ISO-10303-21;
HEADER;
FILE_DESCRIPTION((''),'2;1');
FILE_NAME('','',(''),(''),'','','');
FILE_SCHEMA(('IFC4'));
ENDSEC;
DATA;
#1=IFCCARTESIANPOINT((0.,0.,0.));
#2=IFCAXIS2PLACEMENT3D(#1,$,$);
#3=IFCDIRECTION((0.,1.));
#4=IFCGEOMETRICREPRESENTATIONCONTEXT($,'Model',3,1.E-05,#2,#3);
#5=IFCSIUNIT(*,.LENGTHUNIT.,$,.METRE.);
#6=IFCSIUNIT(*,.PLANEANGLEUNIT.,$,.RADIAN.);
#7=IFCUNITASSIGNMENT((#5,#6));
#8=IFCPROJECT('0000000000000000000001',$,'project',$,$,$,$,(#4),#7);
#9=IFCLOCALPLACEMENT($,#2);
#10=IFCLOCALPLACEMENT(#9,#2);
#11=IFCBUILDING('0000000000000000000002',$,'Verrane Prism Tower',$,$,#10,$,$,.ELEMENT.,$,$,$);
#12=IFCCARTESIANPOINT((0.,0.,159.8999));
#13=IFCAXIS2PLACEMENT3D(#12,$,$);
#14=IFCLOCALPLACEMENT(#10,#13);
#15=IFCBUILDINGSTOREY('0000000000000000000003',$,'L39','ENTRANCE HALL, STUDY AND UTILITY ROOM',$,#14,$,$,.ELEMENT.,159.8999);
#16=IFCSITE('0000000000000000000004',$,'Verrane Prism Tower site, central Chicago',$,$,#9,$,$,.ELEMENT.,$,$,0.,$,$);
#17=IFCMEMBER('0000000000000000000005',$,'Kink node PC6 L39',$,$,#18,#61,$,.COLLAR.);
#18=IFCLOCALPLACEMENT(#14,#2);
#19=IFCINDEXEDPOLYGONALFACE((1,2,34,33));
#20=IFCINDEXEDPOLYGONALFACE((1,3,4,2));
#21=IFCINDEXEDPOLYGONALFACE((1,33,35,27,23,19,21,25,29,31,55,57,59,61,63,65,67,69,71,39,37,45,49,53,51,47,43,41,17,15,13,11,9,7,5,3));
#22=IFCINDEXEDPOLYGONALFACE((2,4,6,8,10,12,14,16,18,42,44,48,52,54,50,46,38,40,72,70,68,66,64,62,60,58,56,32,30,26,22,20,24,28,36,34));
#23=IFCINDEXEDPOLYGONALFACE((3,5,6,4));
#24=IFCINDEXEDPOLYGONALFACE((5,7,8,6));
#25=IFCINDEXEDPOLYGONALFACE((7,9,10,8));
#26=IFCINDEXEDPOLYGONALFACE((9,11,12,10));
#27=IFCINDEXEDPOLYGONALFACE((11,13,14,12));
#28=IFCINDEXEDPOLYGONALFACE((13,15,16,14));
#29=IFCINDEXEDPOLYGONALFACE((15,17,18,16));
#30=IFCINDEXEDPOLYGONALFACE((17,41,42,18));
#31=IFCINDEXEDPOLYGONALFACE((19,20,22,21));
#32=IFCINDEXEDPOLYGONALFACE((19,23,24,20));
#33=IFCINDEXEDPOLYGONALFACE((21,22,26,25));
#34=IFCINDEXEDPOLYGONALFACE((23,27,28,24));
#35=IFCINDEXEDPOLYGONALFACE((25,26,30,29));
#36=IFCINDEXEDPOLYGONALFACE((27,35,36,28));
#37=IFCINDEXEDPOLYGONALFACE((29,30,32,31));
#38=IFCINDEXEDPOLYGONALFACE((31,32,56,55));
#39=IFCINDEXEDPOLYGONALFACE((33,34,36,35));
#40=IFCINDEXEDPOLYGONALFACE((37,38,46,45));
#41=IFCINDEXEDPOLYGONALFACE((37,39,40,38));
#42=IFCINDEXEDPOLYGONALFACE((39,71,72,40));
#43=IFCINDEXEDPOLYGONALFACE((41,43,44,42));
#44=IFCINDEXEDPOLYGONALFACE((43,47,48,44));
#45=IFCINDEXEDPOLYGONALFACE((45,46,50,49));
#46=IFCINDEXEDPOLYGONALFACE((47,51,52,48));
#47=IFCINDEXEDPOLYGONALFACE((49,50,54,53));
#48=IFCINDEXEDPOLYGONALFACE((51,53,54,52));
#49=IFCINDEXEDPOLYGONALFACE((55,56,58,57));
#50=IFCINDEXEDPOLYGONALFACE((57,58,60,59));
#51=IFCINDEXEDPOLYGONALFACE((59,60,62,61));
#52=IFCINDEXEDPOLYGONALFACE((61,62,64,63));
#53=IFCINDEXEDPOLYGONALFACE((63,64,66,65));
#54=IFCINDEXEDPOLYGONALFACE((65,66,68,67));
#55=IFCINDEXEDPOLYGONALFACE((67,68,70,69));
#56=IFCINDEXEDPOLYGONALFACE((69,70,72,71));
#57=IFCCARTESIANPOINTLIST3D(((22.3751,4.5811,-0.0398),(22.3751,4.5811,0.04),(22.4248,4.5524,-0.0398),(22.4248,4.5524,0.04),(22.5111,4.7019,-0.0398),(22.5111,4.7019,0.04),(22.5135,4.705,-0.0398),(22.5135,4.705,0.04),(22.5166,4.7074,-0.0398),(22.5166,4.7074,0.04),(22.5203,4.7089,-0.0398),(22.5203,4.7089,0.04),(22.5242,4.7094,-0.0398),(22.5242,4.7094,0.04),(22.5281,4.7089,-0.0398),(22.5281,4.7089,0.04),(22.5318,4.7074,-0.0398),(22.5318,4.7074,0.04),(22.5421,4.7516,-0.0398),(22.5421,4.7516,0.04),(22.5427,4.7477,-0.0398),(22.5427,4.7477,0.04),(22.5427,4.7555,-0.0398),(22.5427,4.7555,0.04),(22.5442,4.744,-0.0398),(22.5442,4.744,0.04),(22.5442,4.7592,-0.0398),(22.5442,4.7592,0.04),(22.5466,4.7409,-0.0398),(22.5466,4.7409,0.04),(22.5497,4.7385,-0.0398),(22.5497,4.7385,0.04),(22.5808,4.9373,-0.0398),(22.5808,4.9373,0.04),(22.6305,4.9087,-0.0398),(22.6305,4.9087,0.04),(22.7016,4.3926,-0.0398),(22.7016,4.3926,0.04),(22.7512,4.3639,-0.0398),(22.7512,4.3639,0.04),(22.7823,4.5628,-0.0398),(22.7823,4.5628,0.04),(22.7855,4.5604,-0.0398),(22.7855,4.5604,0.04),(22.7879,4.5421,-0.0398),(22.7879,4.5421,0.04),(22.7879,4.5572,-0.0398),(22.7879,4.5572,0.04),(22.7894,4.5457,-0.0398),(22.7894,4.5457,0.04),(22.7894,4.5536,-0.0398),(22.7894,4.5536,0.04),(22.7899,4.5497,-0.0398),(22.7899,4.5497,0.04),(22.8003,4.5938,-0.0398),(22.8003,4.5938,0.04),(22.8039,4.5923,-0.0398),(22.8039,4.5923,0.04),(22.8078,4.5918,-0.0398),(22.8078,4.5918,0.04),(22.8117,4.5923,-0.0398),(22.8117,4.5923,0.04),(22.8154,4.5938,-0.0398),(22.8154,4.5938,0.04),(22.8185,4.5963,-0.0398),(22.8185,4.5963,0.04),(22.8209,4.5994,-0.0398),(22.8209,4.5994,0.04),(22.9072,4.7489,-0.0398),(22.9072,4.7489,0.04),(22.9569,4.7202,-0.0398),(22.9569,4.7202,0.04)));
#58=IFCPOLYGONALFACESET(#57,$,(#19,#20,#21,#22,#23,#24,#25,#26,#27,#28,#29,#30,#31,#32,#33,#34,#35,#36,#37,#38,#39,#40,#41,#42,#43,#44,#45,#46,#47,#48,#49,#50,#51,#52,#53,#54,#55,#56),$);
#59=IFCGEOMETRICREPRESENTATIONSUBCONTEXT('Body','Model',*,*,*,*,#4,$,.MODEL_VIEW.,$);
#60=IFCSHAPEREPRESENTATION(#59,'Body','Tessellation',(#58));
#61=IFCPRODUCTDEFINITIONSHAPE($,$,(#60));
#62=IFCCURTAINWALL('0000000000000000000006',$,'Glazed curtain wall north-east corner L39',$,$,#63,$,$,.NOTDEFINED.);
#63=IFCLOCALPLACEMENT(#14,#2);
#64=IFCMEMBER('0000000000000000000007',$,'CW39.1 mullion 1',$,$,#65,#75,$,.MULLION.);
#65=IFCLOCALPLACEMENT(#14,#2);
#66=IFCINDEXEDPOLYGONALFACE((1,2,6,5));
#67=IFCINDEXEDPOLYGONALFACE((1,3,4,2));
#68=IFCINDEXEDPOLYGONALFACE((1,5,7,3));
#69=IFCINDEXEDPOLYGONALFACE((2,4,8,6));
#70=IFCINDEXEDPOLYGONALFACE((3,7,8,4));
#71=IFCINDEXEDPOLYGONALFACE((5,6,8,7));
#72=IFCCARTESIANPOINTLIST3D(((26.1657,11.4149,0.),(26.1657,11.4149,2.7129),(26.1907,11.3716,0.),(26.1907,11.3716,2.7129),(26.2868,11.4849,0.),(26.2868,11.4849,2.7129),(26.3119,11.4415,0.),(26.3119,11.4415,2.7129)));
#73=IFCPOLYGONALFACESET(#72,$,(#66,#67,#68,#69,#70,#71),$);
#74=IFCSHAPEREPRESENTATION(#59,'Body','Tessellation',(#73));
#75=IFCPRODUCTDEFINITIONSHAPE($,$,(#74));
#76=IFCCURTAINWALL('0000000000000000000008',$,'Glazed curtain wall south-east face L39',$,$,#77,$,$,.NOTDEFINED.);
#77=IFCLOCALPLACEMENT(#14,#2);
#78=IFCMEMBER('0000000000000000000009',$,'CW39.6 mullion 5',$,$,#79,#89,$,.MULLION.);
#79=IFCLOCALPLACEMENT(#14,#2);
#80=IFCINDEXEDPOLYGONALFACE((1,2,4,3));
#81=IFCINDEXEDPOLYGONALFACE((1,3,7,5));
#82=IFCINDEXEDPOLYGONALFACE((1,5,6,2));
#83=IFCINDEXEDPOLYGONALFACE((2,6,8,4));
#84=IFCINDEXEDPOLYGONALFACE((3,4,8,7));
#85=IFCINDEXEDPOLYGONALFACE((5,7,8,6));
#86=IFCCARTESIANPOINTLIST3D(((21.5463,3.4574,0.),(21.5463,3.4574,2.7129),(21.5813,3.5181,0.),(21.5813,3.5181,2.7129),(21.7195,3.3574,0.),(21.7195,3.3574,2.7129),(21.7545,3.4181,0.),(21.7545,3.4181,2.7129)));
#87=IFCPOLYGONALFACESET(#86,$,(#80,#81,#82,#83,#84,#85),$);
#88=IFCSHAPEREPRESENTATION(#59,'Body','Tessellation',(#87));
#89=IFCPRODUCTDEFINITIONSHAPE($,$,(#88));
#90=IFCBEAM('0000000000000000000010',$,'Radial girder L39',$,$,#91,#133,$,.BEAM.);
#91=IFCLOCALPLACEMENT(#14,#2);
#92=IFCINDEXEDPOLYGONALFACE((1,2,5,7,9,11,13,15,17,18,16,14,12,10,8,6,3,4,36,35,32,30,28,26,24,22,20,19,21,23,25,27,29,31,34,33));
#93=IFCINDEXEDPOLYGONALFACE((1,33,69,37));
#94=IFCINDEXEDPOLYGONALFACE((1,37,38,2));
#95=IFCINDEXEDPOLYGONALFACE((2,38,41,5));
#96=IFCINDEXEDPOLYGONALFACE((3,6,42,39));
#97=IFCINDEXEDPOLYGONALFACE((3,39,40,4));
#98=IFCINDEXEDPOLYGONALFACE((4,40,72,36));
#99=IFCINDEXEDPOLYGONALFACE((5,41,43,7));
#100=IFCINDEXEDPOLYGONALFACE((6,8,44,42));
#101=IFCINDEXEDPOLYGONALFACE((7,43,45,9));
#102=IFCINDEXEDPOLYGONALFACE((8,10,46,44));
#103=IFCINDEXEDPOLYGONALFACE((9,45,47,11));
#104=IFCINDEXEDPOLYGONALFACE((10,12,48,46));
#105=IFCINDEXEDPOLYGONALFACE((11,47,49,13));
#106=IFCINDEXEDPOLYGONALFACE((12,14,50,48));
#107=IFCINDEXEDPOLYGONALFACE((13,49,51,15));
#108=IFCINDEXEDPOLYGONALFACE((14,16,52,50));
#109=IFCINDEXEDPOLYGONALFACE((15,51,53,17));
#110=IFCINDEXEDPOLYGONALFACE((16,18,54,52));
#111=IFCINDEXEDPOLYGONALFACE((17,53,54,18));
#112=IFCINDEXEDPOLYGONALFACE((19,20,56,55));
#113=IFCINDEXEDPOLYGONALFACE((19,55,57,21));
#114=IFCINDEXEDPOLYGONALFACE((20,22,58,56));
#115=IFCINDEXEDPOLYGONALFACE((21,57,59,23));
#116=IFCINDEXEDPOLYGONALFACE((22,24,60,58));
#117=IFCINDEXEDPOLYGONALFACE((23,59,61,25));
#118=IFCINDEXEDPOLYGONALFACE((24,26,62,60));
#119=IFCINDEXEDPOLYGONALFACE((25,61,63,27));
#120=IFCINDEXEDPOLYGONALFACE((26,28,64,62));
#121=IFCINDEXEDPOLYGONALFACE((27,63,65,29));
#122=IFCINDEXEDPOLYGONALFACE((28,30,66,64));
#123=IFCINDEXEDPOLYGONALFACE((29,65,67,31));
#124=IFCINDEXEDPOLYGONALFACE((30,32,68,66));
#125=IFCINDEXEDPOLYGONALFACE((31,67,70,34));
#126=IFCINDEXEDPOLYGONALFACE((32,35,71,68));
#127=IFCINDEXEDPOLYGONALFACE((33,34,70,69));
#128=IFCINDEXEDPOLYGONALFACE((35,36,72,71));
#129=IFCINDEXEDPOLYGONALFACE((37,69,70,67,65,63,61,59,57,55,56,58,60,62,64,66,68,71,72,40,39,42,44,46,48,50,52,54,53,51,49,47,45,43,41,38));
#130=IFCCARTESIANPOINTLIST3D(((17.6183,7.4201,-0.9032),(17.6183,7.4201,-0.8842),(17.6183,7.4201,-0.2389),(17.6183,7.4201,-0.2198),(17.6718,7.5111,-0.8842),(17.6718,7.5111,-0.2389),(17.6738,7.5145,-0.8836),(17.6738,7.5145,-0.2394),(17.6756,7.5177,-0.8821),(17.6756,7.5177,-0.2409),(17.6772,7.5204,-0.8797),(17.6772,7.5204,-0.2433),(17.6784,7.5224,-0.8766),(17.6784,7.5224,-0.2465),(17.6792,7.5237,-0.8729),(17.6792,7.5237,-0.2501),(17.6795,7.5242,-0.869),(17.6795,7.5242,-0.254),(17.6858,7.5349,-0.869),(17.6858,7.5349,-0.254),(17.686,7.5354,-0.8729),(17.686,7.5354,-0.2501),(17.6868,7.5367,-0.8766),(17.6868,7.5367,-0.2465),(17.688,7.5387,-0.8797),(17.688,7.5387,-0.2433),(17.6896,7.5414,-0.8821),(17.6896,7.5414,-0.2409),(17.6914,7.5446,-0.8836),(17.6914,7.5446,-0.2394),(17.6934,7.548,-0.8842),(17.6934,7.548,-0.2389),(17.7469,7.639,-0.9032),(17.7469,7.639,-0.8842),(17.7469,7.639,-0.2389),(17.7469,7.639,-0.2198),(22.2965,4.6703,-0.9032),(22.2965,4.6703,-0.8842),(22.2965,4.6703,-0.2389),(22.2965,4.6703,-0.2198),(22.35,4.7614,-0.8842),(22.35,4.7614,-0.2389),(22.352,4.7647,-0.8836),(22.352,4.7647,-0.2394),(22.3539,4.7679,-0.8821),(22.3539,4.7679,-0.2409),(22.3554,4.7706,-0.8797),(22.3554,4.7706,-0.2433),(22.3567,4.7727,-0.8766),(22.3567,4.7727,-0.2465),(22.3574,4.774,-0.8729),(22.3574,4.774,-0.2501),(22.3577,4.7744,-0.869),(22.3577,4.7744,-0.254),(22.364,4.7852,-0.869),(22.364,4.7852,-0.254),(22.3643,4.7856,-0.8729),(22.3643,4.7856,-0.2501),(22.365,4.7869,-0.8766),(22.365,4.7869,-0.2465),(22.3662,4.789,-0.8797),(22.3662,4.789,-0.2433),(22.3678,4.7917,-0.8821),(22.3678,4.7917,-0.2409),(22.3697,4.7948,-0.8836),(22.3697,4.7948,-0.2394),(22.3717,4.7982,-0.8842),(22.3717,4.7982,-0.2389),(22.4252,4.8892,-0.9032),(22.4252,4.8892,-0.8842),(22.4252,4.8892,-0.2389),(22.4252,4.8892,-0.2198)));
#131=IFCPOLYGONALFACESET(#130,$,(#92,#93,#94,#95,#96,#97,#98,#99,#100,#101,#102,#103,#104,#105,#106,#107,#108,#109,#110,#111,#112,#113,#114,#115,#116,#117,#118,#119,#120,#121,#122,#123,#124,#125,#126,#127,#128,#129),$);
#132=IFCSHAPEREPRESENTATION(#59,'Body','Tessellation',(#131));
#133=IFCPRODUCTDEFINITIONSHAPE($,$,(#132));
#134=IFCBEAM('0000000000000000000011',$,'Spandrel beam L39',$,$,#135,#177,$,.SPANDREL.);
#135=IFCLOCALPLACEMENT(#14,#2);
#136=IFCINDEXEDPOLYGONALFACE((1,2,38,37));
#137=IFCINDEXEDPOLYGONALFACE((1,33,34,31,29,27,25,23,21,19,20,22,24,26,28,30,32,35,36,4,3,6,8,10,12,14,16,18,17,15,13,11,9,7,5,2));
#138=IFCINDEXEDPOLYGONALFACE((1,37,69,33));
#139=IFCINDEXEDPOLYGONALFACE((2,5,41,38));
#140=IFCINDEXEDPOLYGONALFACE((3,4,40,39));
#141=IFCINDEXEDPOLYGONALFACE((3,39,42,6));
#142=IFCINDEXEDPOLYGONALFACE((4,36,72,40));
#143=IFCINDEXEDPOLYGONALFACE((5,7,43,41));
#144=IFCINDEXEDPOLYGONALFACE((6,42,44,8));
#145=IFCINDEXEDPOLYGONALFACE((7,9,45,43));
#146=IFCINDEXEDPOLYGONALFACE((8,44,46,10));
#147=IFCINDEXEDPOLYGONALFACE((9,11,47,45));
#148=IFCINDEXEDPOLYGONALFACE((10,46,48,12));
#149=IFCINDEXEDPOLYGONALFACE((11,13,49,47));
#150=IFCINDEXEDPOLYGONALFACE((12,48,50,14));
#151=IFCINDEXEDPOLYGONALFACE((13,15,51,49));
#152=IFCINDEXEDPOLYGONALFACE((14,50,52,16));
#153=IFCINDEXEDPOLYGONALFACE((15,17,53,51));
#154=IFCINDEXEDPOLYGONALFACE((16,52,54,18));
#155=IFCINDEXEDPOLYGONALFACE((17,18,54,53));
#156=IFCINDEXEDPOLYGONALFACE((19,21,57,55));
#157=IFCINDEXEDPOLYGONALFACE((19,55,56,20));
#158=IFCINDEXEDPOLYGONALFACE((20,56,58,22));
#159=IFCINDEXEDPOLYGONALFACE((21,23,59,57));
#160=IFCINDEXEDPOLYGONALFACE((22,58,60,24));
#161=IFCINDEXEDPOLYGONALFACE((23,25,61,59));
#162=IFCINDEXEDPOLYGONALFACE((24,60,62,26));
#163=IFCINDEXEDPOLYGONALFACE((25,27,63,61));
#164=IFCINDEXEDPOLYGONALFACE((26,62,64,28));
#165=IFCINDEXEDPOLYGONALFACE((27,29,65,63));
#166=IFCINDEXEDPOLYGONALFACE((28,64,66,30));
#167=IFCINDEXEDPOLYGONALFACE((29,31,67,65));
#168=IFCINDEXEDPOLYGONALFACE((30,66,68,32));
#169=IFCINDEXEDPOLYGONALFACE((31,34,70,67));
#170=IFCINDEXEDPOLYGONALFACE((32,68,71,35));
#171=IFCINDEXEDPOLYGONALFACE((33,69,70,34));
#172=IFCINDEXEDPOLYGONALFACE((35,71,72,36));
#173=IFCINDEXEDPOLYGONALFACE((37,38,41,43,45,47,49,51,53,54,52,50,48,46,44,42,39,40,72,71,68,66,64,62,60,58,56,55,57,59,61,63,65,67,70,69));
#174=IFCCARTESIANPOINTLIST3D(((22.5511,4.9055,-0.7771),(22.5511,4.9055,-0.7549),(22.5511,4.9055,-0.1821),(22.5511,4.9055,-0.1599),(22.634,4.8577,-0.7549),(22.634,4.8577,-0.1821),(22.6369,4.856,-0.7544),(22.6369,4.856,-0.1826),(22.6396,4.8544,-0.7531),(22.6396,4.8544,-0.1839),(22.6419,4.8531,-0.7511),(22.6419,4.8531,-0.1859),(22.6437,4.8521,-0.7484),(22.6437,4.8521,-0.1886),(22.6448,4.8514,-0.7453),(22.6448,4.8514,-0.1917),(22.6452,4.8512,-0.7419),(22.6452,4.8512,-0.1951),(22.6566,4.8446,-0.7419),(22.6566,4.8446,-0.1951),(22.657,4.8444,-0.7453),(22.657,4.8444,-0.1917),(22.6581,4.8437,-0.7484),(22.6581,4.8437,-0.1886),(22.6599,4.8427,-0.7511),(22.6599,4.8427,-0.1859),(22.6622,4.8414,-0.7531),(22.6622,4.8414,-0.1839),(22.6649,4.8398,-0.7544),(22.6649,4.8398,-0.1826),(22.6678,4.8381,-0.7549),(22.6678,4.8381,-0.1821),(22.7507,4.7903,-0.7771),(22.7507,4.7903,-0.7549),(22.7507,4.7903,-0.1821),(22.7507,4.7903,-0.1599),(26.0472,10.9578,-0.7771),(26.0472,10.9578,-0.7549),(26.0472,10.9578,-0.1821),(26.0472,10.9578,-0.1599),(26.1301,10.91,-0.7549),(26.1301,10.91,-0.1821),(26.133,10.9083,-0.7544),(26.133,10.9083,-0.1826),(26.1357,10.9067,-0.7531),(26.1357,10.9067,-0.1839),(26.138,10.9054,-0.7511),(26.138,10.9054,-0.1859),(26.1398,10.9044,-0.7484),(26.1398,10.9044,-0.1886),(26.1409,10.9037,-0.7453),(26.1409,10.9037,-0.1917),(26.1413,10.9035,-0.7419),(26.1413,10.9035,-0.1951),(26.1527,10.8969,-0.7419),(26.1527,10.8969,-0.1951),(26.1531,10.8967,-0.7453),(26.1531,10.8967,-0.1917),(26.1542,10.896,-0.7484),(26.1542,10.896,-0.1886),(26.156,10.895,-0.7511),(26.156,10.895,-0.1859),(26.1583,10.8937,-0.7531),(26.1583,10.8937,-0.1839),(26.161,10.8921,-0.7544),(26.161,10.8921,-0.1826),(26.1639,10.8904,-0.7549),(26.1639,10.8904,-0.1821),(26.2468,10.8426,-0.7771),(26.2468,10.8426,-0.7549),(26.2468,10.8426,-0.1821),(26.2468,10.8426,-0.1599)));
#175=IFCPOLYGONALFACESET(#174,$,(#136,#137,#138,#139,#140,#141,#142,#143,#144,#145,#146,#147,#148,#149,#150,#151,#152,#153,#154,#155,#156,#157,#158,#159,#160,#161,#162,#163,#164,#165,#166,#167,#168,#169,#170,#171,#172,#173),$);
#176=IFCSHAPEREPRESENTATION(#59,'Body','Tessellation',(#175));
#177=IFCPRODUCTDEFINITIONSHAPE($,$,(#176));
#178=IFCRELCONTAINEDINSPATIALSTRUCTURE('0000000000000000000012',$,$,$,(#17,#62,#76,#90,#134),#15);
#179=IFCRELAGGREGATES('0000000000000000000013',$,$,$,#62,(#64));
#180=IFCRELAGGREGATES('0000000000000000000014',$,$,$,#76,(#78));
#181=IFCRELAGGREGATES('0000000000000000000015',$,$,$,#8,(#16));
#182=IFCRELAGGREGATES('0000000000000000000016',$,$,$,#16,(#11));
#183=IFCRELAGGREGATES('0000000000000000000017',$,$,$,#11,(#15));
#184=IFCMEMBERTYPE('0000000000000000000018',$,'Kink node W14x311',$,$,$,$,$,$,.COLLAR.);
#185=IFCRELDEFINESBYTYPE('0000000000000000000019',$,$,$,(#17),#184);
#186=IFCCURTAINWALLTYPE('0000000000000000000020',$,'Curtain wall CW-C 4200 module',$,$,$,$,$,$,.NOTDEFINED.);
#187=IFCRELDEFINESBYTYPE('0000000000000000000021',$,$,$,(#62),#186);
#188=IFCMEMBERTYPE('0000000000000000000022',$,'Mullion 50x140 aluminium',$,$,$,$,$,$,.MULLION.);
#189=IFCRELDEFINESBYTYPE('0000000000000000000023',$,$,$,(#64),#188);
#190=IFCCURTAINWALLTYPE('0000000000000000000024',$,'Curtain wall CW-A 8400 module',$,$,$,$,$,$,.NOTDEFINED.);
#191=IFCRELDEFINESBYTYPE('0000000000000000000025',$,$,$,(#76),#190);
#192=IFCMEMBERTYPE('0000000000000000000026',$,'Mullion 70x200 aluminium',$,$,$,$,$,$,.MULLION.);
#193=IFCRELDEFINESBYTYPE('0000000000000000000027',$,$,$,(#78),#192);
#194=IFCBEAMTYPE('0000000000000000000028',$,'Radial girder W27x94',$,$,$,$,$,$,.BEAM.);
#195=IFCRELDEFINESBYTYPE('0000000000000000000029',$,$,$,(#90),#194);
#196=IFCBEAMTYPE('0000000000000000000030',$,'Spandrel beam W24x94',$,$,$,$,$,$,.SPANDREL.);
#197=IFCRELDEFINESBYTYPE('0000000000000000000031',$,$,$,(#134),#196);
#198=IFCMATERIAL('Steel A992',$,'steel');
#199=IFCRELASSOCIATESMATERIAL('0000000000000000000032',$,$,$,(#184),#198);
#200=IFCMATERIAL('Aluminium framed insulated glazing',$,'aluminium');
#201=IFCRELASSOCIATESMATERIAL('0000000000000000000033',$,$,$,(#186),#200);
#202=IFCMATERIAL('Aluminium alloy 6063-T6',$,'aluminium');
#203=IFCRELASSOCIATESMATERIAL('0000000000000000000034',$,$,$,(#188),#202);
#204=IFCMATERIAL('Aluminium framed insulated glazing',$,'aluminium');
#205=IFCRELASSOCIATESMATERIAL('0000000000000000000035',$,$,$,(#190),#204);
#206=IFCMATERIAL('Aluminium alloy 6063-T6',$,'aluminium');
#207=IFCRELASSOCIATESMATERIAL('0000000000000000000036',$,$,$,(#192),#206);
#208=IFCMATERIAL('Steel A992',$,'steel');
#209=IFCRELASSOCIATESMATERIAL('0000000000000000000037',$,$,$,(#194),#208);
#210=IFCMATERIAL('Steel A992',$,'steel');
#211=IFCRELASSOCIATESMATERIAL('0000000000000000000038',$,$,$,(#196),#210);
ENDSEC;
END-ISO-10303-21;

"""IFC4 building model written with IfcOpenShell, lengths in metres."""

from ifc_helpers import new_model, si_unit, direction, frame, origin, origin_2d, place, context, subcontext, project, spatial, rectangle, i_section, extrude, material, material_profile, profile_set, type_object, element, aggregate, save


model = new_model("IFC4")

# Units and contexts
model_context = context("Model", 3, precision=1e-05, world=origin(), true_north=direction((0.0, 1.0)))
body_context = subcontext(model_context, "Body", "Model", "MODEL_VIEW")
ifc_project = project(units=[si_unit("LENGTHUNIT", "METRE"), si_unit("PLANEANGLEUNIT", "RADIAN")], contexts=[model_context])

# Site, building, storey
site_placement = place(None, origin())
site = spatial("IfcSite", under=ifc_project, at=site_placement, Name="Verrane Prism Tower site, central Chicago", CompositionType="ELEMENT", RefElevation=0.0)
building_placement = place(site_placement, origin())
building = spatial("IfcBuilding", under=site, at=building_placement, Name="Verrane Prism Tower", CompositionType="ELEMENT")
storey_placement = place(building_placement, frame((0.0, 0.0, 159.8999)))
storey = spatial("IfcBuildingStorey", under=building, at=storey_placement, Name="L39", Description="ENTRANCE HALL, STUDY AND UTILITY ROOM", CompositionType="ELEMENT", Elevation=159.8999)

# Member
ifc_material_1 = material(Name="Steel A992", Category="steel")
ifc_material_profile_1 = material_profile(ifc_material_1, i_section(OverallWidth=0.4114, OverallDepth=0.4343, WebThickness=0.0359, FlangeThickness=0.0574, FilletRadius=0.0151, at=origin_2d()), Name="W14x311")
ifc_profile_set_1 = profile_set([ifc_material_profile_1], Name="Steel A992")
member_type_1 = type_object("IfcMemberType", Name="Kink node W14x311", PredefinedType="COLLAR", material=ifc_profile_set_1)
member_1_placement = place(storey_placement, frame((22.666, 4.6506, -0.0398), z_axis=(0.0, 0.0, 1.0), x_axis=(-0.5, -0.866025, 0.0)))
element("IfcMember", 1, at=member_1_placement, inside=storey, type_object=member_type_1, Name="Kink node PC6 L39", PredefinedType="COLLAR", context=body_context, shape_type="SweptSolid", body=[
    extrude(i_section(OverallWidth=0.4114, OverallDepth=0.4343, WebThickness=0.0359, FlangeThickness=0.0574, FilletRadius=0.0151, at=origin_2d()), origin(), (0.0, 0.0, 1.0), 0.0798),
])

# Curtain walls, members
ifc_material_2 = material(Name="Aluminium framed insulated glazing", Category="aluminium")
curtain_wall_type_1 = type_object("IfcCurtainWallType", Name="Curtain wall CW-C 4200 module", PredefinedType="NOTDEFINED", material=ifc_material_2)
curtain_wall_1_placement = place(storey_placement, origin())
curtain_wall_1 = element("IfcCurtainWall", 2, at=curtain_wall_1_placement, inside=storey, type_object=curtain_wall_type_1, Name="Glazed curtain wall north-east corner L39", PredefinedType="NOTDEFINED")
ifc_material_3 = material(Name="Aluminium alloy 6063-T6", Category="aluminium")
ifc_material_profile_2 = material_profile(ifc_material_3, rectangle(XDim=0.1399, YDim=0.05, at=origin_2d()), Name="Mullion 50x140 aluminium")
ifc_profile_set_2 = profile_set([ifc_material_profile_2], Name="Aluminium alloy 6063-T6")
member_type_2 = type_object("IfcMemberType", Name="Mullion 50x140 aluminium", PredefinedType="MULLION", material=ifc_profile_set_2)
member_2_placement = place(storey_placement, frame((26.2388, 11.4282, 0.0), z_axis=(0.0, 0.0, 1.0), x_axis=(-0.866022, -0.500006, 0.0)))
member_2 = element("IfcMember", 3, at=member_2_placement, type_object=member_type_2, Name="CW39.1 mullion 1", PredefinedType="MULLION", context=body_context, shape_type="SweptSolid", body=[
    extrude(rectangle(XDim=0.1399, YDim=0.05, at=origin_2d()), origin(), (0.0, 0.0, 1.0), 2.7129),
])
aggregate(curtain_wall_1, [member_2])
ifc_material_4 = material(Name="Aluminium framed insulated glazing", Category="aluminium")
curtain_wall_type_2 = type_object("IfcCurtainWallType", Name="Curtain wall CW-A 8400 module", PredefinedType="NOTDEFINED", material=ifc_material_4)
curtain_wall_2_placement = place(storey_placement, origin())
curtain_wall_2 = element("IfcCurtainWall", 4, at=curtain_wall_2_placement, inside=storey, type_object=curtain_wall_type_2, Name="Glazed curtain wall south-east face L39", PredefinedType="NOTDEFINED")
ifc_material_5 = material(Name="Aluminium alloy 6063-T6", Category="aluminium")
ifc_material_profile_3 = material_profile(ifc_material_5, rectangle(XDim=0.2, YDim=0.0701, at=origin_2d()), Name="Mullion 70x200 aluminium")
ifc_profile_set_3 = profile_set([ifc_material_profile_3], Name="Aluminium alloy 6063-T6")
member_type_3 = type_object("IfcMemberType", Name="Mullion 70x200 aluminium", PredefinedType="MULLION", material=ifc_profile_set_3)
member_3_placement = place(storey_placement, frame((21.6504, 3.4377, 0.0), z_axis=(0.0, 0.0, 1.0), x_axis=(-0.866026, 0.499999, 0.0)))
member_3 = element("IfcMember", 5, at=member_3_placement, type_object=member_type_3, Name="CW39.6 mullion 5", PredefinedType="MULLION", context=body_context, shape_type="SweptSolid", body=[
    extrude(rectangle(XDim=0.2, YDim=0.0701, at=origin_2d()), origin(), (0.0, 0.0, 1.0), 2.7129),
])

# Beams
ifc_material_6 = material(Name="Steel A992", Category="steel")
ifc_material_profile_4 = material_profile(ifc_material_6, i_section(OverallWidth=0.2539, OverallDepth=0.6833, WebThickness=0.0125, FlangeThickness=0.019, FilletRadius=0.0151, at=origin_2d()), Name="W27x94")
ifc_profile_set_4 = profile_set([ifc_material_profile_4], Name="Steel A992")
beam_type_1 = type_object("IfcBeamType", Name="Radial girder W27x94", PredefinedType="BEAM", material=ifc_profile_set_4)
beam_1_placement = place(storey_placement, frame((22.3608, 4.7798, -0.5615), z_axis=(-0.862106, 0.506727, 0.0), x_axis=(-0.506727, -0.862106, 0.0)))
element("IfcBeam", 6, at=beam_1_placement, inside=storey, type_object=beam_type_1, Name="Radial girder L39", PredefinedType="BEAM", context=body_context, shape_type="SweptSolid", body=[
    extrude(i_section(OverallWidth=0.2539, OverallDepth=0.6833, WebThickness=0.0125, FlangeThickness=0.019, FilletRadius=0.0151, at=origin_2d()), origin(), (0.0, 0.0, 1.0), 5.4265),
])
ifc_material_7 = material(Name="Steel A992", Category="steel")
ifc_material_profile_5 = material_profile(ifc_material_7, i_section(OverallWidth=0.2305, OverallDepth=0.6172, WebThickness=0.0132, FlangeThickness=0.0222, FilletRadius=0.0129, at=origin_2d()), Name="W24x94")
ifc_profile_set_5 = profile_set([ifc_material_profile_5], Name="Steel A992")
beam_type_2 = type_object("IfcBeamType", Name="Spandrel beam W24x94", PredefinedType="SPANDREL", material=ifc_profile_set_5)
beam_2_placement = place(storey_placement, frame((22.6509, 4.8479, -0.4685), z_axis=(0.500196, 0.865912, 0.0), x_axis=(-0.865912, 0.500196, 0.0)))
element("IfcBeam", 7, at=beam_2_placement, inside=storey, type_object=beam_type_2, Name="Spandrel beam L39", PredefinedType="SPANDREL", context=body_context, shape_type="SweptSolid", body=[
    extrude(i_section(OverallWidth=0.2305, OverallDepth=0.6172, WebThickness=0.0132, FlangeThickness=0.0222, FilletRadius=0.0129, at=origin_2d()), origin(), (0.0, 0.0, 1.0), 6.9895),
])

aggregate(curtain_wall_2, [member_3])

save(model, "model.ifc")
